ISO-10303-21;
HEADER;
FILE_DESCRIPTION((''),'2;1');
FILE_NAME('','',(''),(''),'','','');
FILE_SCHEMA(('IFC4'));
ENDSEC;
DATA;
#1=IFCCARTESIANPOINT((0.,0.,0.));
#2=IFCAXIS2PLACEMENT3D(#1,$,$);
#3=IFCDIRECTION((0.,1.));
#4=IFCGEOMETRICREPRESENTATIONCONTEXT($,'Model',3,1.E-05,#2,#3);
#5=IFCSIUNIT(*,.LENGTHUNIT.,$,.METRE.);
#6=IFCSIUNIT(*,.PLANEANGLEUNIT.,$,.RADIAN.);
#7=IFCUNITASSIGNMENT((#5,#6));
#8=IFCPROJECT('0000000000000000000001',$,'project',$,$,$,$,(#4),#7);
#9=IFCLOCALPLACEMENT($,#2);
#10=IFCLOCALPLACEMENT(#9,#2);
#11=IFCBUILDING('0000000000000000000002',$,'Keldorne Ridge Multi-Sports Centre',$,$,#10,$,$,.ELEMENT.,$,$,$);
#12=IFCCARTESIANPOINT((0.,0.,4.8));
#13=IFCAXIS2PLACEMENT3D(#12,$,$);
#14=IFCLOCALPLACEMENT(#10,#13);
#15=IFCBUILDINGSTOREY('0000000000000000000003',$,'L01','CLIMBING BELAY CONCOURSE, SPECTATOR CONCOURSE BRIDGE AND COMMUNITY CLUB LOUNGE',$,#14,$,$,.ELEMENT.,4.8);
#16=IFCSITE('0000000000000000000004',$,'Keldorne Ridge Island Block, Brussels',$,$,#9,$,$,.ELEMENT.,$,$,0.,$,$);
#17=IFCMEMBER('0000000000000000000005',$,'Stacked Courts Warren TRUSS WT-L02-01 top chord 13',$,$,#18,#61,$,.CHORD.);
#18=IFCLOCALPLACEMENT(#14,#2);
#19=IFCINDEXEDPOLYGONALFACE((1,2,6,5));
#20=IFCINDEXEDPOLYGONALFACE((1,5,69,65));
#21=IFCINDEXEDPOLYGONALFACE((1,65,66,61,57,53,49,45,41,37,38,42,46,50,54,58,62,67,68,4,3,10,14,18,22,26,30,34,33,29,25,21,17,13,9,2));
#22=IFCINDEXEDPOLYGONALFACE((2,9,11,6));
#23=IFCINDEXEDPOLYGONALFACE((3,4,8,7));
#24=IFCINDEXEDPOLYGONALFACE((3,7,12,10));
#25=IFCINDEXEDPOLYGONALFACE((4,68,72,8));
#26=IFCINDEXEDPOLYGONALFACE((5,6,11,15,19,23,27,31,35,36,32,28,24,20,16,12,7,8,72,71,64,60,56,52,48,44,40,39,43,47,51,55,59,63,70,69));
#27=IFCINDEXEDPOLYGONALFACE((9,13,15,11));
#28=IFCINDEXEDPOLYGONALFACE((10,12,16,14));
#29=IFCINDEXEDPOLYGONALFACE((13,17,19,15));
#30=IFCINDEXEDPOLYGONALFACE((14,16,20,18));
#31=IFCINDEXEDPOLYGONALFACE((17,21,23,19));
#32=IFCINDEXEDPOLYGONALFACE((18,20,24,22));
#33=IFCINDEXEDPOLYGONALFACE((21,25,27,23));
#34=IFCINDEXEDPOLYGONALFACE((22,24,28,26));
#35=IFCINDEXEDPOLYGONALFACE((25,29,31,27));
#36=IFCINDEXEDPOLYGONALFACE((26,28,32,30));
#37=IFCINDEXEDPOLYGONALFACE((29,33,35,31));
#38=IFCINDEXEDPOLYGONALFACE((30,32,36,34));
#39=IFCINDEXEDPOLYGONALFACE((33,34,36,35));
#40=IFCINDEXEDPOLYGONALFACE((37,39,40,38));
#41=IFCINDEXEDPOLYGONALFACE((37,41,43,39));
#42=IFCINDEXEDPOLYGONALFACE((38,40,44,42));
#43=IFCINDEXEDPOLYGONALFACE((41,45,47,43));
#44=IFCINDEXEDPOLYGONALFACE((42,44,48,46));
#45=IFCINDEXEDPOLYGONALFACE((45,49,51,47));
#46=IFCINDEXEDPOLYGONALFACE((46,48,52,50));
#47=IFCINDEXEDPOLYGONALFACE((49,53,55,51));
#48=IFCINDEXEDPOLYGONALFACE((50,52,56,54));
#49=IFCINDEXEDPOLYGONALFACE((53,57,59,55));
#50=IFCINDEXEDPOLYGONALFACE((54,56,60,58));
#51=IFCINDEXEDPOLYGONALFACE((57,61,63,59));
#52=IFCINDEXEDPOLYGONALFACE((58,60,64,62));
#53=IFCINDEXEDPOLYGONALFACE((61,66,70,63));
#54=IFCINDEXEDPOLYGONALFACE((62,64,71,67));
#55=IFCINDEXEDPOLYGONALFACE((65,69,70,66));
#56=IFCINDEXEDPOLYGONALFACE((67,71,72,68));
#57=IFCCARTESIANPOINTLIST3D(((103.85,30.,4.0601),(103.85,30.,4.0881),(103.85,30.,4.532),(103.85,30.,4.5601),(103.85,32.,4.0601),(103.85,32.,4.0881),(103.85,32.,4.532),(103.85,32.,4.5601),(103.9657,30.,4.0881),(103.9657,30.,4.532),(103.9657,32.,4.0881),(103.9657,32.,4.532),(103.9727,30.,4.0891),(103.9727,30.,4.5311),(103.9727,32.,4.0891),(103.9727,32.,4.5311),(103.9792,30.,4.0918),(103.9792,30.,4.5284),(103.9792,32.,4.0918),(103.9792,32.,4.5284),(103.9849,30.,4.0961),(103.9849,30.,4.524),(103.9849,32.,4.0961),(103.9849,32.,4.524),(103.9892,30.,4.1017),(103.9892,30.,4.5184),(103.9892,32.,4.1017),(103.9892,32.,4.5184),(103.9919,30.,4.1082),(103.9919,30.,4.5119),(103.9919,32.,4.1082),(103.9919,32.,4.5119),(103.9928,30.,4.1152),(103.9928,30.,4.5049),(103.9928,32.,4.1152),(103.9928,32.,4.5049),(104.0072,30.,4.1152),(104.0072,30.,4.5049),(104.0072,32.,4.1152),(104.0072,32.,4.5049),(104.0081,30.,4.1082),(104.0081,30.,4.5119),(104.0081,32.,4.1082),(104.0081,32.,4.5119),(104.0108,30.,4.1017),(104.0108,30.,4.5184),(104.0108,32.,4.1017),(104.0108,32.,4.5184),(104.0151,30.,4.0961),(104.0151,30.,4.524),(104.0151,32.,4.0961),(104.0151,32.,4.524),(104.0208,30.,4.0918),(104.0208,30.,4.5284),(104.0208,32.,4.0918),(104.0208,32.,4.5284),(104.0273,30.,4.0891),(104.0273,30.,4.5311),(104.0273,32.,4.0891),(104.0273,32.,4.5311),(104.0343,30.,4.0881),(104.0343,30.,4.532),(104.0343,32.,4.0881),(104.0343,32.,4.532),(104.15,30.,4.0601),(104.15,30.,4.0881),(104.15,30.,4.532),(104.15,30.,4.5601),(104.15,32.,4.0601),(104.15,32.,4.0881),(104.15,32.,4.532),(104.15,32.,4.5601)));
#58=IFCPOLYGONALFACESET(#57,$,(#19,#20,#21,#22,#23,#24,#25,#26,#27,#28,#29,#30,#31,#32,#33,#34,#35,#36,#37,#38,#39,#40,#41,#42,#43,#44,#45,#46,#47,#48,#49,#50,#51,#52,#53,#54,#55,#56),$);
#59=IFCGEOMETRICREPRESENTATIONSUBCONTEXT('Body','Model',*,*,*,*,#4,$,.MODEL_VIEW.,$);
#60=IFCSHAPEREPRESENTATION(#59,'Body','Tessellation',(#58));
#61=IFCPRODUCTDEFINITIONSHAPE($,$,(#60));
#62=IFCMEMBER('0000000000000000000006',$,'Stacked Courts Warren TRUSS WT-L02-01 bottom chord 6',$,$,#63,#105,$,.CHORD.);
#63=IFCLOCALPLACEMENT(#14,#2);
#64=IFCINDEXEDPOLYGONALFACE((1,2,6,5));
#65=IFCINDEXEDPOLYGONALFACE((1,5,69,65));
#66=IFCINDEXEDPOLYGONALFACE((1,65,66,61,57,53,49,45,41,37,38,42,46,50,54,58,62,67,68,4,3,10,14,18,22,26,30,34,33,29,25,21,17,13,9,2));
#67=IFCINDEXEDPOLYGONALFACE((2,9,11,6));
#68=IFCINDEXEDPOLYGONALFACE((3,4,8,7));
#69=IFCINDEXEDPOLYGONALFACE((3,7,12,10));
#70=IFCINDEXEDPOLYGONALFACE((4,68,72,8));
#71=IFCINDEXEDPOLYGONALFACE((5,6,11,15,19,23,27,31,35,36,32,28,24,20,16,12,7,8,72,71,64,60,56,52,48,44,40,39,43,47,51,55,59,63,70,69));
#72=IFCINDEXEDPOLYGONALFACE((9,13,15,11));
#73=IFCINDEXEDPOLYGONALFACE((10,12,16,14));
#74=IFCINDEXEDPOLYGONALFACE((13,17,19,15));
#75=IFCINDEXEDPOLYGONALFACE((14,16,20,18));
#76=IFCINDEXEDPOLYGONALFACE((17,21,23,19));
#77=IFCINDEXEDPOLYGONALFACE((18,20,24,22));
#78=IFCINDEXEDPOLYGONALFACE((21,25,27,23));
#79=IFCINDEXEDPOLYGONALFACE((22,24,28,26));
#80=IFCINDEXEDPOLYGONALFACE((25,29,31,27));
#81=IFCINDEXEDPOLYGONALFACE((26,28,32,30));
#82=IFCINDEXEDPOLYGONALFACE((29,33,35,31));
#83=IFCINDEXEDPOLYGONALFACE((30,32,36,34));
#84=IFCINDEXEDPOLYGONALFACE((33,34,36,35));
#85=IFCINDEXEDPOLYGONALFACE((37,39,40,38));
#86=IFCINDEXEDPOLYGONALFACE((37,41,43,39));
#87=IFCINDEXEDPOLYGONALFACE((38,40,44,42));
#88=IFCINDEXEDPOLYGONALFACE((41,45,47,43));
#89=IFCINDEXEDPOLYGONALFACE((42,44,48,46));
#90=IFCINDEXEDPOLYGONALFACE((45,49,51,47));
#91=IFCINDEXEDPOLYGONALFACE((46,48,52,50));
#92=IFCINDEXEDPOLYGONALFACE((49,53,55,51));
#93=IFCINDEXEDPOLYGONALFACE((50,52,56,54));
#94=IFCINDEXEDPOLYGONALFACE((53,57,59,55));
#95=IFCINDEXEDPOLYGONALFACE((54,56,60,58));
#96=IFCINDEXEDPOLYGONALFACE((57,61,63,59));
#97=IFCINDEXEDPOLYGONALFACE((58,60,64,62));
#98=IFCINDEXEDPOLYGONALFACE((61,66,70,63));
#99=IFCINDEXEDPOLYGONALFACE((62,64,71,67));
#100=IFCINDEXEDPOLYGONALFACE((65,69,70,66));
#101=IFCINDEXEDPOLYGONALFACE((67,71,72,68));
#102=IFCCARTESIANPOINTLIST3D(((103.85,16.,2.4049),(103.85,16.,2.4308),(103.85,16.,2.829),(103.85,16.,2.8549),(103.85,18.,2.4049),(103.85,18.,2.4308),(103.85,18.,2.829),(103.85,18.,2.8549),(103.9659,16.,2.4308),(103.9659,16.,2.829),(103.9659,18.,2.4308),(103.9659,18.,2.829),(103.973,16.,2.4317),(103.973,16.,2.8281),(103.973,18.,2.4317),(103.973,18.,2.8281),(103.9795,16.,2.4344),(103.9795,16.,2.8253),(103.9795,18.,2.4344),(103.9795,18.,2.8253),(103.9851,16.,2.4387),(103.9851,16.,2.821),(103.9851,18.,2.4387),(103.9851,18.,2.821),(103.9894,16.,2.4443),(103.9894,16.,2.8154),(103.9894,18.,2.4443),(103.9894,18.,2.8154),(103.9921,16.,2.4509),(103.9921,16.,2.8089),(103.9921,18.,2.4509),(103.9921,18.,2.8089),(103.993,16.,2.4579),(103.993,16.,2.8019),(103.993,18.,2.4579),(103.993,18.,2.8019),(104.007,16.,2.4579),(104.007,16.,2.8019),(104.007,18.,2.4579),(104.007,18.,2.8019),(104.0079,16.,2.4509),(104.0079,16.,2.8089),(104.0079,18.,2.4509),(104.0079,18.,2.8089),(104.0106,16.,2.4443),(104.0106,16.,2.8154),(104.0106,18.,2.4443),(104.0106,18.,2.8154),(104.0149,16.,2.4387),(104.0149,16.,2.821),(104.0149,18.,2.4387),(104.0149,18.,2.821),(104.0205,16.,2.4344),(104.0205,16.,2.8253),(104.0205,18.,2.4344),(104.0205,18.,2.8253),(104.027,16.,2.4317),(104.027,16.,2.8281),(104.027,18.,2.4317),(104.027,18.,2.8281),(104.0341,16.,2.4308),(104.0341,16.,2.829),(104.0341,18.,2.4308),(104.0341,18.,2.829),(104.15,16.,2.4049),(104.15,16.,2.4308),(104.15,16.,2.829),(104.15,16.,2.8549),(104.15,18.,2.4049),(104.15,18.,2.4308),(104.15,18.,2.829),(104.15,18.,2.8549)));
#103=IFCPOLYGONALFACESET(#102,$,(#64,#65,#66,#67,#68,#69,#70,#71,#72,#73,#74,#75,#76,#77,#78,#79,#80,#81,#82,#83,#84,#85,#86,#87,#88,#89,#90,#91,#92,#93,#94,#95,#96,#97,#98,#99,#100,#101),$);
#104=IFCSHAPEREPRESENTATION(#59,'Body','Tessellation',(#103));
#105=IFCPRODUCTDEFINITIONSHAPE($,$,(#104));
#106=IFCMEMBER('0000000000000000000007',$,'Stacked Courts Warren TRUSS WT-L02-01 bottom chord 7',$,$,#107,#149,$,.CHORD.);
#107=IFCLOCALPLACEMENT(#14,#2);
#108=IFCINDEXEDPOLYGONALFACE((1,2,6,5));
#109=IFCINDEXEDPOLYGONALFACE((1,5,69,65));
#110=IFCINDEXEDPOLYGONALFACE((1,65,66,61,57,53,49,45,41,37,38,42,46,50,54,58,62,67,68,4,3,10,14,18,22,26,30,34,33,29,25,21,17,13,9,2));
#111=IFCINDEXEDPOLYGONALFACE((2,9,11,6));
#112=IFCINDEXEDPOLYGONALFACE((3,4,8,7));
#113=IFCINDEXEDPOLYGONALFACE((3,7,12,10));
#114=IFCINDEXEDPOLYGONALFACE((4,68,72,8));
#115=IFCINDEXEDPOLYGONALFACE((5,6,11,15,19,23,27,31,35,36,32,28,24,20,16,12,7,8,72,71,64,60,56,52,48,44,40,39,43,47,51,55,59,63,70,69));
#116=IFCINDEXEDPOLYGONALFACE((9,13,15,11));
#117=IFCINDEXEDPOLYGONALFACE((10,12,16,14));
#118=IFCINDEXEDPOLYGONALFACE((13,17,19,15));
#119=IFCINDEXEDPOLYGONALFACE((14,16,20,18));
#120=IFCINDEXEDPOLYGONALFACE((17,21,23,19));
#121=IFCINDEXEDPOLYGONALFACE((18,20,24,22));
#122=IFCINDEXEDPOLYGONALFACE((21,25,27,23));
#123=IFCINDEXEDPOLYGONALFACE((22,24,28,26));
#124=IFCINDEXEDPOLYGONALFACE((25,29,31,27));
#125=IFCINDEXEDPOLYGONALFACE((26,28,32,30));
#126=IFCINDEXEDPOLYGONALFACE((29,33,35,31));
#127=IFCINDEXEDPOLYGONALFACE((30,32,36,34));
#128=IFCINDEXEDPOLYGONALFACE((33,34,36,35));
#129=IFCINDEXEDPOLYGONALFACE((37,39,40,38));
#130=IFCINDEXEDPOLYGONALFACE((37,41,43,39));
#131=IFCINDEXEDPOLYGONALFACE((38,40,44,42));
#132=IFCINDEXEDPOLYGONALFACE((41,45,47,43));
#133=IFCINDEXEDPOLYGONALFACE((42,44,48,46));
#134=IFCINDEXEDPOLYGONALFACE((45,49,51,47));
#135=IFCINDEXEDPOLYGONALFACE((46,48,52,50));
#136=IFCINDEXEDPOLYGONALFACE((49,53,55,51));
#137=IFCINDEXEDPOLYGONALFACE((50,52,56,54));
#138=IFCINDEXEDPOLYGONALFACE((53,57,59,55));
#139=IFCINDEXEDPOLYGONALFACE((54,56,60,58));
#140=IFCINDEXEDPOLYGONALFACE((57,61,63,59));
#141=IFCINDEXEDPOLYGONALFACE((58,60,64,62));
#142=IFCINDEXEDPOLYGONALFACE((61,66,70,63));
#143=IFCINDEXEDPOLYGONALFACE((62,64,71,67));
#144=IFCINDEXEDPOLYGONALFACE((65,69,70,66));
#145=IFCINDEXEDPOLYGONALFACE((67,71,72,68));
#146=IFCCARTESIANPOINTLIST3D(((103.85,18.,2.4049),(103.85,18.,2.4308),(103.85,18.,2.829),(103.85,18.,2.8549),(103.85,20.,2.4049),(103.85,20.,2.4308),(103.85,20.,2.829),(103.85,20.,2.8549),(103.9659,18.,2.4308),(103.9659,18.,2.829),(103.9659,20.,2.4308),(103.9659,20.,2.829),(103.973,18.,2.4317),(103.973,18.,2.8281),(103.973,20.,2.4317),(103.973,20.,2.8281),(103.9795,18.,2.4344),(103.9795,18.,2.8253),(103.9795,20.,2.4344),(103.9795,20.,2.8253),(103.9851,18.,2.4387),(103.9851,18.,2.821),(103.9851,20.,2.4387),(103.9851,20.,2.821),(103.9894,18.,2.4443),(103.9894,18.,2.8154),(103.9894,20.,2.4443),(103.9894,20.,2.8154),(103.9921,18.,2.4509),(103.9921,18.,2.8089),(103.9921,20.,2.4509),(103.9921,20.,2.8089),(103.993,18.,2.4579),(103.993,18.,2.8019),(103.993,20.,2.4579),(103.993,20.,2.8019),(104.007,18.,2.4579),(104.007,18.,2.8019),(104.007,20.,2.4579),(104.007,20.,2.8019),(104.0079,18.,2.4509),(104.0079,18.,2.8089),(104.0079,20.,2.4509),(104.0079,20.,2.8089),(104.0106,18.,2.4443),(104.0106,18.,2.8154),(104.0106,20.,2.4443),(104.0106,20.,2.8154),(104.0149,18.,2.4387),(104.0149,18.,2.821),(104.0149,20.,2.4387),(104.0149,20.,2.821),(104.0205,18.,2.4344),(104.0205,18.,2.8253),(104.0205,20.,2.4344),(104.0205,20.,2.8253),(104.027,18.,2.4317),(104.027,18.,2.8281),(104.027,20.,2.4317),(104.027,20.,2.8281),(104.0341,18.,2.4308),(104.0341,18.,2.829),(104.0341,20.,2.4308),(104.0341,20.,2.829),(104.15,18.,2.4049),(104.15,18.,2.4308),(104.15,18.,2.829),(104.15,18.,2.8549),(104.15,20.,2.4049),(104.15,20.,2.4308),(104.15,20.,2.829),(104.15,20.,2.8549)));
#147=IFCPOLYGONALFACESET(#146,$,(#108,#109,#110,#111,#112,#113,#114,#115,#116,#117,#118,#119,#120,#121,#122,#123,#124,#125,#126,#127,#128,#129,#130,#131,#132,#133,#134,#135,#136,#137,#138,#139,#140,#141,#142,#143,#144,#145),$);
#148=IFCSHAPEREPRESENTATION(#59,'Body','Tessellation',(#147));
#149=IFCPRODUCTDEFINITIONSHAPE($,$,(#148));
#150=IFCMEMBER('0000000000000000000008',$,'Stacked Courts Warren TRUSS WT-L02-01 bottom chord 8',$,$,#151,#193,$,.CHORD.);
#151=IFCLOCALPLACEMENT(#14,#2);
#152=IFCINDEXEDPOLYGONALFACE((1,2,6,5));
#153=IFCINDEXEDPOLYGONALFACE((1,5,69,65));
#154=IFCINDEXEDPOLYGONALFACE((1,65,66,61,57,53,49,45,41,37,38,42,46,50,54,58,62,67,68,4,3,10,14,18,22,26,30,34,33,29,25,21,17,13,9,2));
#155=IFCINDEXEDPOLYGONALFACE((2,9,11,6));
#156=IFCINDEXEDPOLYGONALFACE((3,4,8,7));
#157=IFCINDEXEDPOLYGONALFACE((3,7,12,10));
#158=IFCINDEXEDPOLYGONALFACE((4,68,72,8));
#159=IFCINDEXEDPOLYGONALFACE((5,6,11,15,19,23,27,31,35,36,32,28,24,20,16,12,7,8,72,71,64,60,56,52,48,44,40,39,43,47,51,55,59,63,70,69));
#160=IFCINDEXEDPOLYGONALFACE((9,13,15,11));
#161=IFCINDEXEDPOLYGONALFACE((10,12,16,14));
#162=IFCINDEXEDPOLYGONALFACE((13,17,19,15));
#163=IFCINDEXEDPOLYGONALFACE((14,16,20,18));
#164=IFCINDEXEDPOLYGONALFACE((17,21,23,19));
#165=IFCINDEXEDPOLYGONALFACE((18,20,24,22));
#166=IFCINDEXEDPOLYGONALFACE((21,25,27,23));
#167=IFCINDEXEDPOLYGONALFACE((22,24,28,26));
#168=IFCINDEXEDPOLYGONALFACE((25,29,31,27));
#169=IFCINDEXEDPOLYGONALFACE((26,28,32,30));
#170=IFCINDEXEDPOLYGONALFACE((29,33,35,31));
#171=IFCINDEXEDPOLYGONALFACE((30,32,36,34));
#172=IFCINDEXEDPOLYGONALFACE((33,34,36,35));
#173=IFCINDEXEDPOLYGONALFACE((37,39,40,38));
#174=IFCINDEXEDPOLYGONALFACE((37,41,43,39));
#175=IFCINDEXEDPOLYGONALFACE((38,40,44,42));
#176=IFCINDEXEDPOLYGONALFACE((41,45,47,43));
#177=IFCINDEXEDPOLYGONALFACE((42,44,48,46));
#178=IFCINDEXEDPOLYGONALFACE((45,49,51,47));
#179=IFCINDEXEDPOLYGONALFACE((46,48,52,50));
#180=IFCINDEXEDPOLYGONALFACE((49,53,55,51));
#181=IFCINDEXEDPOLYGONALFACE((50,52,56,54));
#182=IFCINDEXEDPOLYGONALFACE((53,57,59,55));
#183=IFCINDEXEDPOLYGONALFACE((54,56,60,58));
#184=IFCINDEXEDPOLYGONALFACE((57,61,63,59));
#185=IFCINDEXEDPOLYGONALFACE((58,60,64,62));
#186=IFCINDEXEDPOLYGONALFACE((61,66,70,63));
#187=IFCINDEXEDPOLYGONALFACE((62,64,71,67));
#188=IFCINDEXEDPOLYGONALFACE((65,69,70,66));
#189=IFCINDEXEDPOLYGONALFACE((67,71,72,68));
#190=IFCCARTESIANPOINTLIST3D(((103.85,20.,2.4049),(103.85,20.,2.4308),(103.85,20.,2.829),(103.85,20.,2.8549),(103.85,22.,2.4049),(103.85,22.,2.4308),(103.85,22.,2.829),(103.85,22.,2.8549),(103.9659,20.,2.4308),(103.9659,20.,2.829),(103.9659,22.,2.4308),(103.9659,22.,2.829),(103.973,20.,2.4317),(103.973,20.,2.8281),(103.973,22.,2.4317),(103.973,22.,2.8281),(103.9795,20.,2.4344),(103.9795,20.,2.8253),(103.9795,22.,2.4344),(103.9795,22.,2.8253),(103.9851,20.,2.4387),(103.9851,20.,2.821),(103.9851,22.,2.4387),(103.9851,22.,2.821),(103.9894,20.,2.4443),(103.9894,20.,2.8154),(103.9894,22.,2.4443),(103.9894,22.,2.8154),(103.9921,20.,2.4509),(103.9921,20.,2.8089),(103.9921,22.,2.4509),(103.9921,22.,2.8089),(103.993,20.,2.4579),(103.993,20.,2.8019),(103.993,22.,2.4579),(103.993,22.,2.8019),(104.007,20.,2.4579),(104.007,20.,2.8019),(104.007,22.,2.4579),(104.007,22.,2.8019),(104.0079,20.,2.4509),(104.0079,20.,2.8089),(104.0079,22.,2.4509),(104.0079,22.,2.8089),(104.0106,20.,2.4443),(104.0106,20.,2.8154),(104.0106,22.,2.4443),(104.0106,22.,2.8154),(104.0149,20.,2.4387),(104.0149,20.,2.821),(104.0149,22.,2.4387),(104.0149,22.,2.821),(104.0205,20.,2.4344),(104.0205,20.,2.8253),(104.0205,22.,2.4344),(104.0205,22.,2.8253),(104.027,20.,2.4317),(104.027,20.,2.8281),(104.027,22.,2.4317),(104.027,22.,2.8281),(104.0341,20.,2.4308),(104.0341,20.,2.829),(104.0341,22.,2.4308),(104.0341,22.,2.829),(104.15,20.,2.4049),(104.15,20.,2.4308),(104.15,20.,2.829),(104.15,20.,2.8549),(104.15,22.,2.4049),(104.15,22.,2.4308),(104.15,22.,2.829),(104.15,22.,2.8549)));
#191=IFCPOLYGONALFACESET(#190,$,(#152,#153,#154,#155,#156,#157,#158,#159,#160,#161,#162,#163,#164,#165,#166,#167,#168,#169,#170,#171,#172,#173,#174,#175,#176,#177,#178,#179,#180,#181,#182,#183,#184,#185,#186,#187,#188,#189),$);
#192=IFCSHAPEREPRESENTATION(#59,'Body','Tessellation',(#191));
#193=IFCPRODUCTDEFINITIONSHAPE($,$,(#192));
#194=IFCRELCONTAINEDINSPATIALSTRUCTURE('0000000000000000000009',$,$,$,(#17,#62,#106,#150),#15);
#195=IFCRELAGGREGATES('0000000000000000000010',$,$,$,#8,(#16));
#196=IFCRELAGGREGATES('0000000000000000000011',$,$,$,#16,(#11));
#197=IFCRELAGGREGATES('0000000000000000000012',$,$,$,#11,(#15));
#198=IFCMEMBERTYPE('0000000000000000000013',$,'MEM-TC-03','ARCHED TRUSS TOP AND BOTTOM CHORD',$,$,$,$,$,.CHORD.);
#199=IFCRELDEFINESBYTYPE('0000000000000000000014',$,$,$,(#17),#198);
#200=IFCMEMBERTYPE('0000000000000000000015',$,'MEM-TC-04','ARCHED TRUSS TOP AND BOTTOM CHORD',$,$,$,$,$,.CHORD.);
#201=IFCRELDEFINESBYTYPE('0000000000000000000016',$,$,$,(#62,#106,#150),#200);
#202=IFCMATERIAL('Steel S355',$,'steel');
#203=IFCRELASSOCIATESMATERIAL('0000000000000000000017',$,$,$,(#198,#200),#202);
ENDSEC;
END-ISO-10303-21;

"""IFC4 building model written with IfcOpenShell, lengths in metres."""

from ifc_helpers import new_model, si_unit, direction, frame, origin, origin_2d, place, context, subcontext, project, spatial, i_section, extrude, material, material_profile, profile_set, type_object, element, save


model = new_model("IFC4")

# Units and contexts
model_context = context("Model", 3, precision=1e-05, world=origin(), true_north=direction((0.0, 1.0)))
body_context = subcontext(model_context, "Body", "Model", "MODEL_VIEW")
ifc_project = project(units=[si_unit("LENGTHUNIT", "METRE"), si_unit("PLANEANGLEUNIT", "RADIAN")], contexts=[model_context])

# Site, building, storey
site_placement = place(None, origin())
site = spatial("IfcSite", under=ifc_project, at=site_placement, Name="Keldorne Ridge Island Block, Brussels", CompositionType="ELEMENT", RefElevation=0.0)
building_placement = place(site_placement, origin())
building = spatial("IfcBuilding", under=site, at=building_placement, Name="Keldorne Ridge Multi-Sports Centre", CompositionType="ELEMENT")
storey_placement = place(building_placement, frame((0.0, 0.0, 4.8)))
storey = spatial("IfcBuildingStorey", under=building, at=storey_placement, Name="L01", Description="CLIMBING BELAY CONCOURSE, SPECTATOR CONCOURSE BRIDGE AND COMMUNITY CLUB LOUNGE", CompositionType="ELEMENT", Elevation=4.8)

# Shared definitions
ifc_material = material(Name="Steel S355", Category="steel")

# Members
ifc_material_profile_1 = material_profile(ifc_material, i_section(OverallWidth=0.3, OverallDepth=0.5, WebThickness=0.0144, FlangeThickness=0.0281, FilletRadius=0.0271, at=origin_2d()), Name="HEB 500")
ifc_profile_set_1 = profile_set([ifc_material_profile_1], Name="Steel S355")
member_type_1 = type_object("IfcMemberType", Name="MEM-TC-03", Description="ARCHED TRUSS TOP AND BOTTOM CHORD", PredefinedType="CHORD", material=ifc_profile_set_1)
for number, where, z_axis, x_axis, name in (
    (1, (104.0, 30.0, 4.3101), (0.0, 1.0, 0.0), (-1.0, 0.0, 0.0), "Stacked Courts Warren TRUSS WT-L02-01 top chord 13"),
):
    element("IfcMember", number, at=place(storey_placement, frame(where, z_axis=z_axis, x_axis=x_axis)), inside=storey, type_object=member_type_1, Name=name, PredefinedType="CHORD", context=body_context, shape_type="SweptSolid", body=[
        extrude(i_section(OverallWidth=0.3, OverallDepth=0.5, WebThickness=0.0144, FlangeThickness=0.0281, FilletRadius=0.0271, at=origin_2d()), origin(), (0.0, 0.0, 1.0), 2.0),
    ])
ifc_material_profile_2 = material_profile(ifc_material, i_section(OverallWidth=0.3, OverallDepth=0.45, WebThickness=0.0139, FlangeThickness=0.0259, FilletRadius=0.0271, at=origin_2d()), Name="HEB 450")
ifc_profile_set_2 = profile_set([ifc_material_profile_2], Name="Steel S355")
member_type_2 = type_object("IfcMemberType", Name="MEM-TC-04", Description="ARCHED TRUSS TOP AND BOTTOM CHORD", PredefinedType="CHORD", material=ifc_profile_set_2)
for number, where, z_axis, x_axis, name in (
    (2, (104.0, 16.0, 2.6299), (0.0, 1.0, 0.0), (-1.0, 0.0, 0.0), "Stacked Courts Warren TRUSS WT-L02-01 bottom chord 6"),
    (3, (104.0, 18.0, 2.6299), (0.0, 1.0, 0.0), (-1.0, 0.0, 0.0), "Stacked Courts Warren TRUSS WT-L02-01 bottom chord 7"),
    (4, (104.0, 20.0, 2.6299), (0.0, 1.0, 0.0), (-1.0, 0.0, 0.0), "Stacked Courts Warren TRUSS WT-L02-01 bottom chord 8"),
):
    element("IfcMember", number, at=place(storey_placement, frame(where, z_axis=z_axis, x_axis=x_axis)), inside=storey, type_object=member_type_2, Name=name, PredefinedType="CHORD", context=body_context, shape_type="SweptSolid", body=[
        extrude(i_section(OverallWidth=0.3, OverallDepth=0.45, WebThickness=0.0139, FlangeThickness=0.0259, FilletRadius=0.0271, at=origin_2d()), origin(), (0.0, 0.0, 1.0), 2.0),
    ])

save(model, "model.ifc")
